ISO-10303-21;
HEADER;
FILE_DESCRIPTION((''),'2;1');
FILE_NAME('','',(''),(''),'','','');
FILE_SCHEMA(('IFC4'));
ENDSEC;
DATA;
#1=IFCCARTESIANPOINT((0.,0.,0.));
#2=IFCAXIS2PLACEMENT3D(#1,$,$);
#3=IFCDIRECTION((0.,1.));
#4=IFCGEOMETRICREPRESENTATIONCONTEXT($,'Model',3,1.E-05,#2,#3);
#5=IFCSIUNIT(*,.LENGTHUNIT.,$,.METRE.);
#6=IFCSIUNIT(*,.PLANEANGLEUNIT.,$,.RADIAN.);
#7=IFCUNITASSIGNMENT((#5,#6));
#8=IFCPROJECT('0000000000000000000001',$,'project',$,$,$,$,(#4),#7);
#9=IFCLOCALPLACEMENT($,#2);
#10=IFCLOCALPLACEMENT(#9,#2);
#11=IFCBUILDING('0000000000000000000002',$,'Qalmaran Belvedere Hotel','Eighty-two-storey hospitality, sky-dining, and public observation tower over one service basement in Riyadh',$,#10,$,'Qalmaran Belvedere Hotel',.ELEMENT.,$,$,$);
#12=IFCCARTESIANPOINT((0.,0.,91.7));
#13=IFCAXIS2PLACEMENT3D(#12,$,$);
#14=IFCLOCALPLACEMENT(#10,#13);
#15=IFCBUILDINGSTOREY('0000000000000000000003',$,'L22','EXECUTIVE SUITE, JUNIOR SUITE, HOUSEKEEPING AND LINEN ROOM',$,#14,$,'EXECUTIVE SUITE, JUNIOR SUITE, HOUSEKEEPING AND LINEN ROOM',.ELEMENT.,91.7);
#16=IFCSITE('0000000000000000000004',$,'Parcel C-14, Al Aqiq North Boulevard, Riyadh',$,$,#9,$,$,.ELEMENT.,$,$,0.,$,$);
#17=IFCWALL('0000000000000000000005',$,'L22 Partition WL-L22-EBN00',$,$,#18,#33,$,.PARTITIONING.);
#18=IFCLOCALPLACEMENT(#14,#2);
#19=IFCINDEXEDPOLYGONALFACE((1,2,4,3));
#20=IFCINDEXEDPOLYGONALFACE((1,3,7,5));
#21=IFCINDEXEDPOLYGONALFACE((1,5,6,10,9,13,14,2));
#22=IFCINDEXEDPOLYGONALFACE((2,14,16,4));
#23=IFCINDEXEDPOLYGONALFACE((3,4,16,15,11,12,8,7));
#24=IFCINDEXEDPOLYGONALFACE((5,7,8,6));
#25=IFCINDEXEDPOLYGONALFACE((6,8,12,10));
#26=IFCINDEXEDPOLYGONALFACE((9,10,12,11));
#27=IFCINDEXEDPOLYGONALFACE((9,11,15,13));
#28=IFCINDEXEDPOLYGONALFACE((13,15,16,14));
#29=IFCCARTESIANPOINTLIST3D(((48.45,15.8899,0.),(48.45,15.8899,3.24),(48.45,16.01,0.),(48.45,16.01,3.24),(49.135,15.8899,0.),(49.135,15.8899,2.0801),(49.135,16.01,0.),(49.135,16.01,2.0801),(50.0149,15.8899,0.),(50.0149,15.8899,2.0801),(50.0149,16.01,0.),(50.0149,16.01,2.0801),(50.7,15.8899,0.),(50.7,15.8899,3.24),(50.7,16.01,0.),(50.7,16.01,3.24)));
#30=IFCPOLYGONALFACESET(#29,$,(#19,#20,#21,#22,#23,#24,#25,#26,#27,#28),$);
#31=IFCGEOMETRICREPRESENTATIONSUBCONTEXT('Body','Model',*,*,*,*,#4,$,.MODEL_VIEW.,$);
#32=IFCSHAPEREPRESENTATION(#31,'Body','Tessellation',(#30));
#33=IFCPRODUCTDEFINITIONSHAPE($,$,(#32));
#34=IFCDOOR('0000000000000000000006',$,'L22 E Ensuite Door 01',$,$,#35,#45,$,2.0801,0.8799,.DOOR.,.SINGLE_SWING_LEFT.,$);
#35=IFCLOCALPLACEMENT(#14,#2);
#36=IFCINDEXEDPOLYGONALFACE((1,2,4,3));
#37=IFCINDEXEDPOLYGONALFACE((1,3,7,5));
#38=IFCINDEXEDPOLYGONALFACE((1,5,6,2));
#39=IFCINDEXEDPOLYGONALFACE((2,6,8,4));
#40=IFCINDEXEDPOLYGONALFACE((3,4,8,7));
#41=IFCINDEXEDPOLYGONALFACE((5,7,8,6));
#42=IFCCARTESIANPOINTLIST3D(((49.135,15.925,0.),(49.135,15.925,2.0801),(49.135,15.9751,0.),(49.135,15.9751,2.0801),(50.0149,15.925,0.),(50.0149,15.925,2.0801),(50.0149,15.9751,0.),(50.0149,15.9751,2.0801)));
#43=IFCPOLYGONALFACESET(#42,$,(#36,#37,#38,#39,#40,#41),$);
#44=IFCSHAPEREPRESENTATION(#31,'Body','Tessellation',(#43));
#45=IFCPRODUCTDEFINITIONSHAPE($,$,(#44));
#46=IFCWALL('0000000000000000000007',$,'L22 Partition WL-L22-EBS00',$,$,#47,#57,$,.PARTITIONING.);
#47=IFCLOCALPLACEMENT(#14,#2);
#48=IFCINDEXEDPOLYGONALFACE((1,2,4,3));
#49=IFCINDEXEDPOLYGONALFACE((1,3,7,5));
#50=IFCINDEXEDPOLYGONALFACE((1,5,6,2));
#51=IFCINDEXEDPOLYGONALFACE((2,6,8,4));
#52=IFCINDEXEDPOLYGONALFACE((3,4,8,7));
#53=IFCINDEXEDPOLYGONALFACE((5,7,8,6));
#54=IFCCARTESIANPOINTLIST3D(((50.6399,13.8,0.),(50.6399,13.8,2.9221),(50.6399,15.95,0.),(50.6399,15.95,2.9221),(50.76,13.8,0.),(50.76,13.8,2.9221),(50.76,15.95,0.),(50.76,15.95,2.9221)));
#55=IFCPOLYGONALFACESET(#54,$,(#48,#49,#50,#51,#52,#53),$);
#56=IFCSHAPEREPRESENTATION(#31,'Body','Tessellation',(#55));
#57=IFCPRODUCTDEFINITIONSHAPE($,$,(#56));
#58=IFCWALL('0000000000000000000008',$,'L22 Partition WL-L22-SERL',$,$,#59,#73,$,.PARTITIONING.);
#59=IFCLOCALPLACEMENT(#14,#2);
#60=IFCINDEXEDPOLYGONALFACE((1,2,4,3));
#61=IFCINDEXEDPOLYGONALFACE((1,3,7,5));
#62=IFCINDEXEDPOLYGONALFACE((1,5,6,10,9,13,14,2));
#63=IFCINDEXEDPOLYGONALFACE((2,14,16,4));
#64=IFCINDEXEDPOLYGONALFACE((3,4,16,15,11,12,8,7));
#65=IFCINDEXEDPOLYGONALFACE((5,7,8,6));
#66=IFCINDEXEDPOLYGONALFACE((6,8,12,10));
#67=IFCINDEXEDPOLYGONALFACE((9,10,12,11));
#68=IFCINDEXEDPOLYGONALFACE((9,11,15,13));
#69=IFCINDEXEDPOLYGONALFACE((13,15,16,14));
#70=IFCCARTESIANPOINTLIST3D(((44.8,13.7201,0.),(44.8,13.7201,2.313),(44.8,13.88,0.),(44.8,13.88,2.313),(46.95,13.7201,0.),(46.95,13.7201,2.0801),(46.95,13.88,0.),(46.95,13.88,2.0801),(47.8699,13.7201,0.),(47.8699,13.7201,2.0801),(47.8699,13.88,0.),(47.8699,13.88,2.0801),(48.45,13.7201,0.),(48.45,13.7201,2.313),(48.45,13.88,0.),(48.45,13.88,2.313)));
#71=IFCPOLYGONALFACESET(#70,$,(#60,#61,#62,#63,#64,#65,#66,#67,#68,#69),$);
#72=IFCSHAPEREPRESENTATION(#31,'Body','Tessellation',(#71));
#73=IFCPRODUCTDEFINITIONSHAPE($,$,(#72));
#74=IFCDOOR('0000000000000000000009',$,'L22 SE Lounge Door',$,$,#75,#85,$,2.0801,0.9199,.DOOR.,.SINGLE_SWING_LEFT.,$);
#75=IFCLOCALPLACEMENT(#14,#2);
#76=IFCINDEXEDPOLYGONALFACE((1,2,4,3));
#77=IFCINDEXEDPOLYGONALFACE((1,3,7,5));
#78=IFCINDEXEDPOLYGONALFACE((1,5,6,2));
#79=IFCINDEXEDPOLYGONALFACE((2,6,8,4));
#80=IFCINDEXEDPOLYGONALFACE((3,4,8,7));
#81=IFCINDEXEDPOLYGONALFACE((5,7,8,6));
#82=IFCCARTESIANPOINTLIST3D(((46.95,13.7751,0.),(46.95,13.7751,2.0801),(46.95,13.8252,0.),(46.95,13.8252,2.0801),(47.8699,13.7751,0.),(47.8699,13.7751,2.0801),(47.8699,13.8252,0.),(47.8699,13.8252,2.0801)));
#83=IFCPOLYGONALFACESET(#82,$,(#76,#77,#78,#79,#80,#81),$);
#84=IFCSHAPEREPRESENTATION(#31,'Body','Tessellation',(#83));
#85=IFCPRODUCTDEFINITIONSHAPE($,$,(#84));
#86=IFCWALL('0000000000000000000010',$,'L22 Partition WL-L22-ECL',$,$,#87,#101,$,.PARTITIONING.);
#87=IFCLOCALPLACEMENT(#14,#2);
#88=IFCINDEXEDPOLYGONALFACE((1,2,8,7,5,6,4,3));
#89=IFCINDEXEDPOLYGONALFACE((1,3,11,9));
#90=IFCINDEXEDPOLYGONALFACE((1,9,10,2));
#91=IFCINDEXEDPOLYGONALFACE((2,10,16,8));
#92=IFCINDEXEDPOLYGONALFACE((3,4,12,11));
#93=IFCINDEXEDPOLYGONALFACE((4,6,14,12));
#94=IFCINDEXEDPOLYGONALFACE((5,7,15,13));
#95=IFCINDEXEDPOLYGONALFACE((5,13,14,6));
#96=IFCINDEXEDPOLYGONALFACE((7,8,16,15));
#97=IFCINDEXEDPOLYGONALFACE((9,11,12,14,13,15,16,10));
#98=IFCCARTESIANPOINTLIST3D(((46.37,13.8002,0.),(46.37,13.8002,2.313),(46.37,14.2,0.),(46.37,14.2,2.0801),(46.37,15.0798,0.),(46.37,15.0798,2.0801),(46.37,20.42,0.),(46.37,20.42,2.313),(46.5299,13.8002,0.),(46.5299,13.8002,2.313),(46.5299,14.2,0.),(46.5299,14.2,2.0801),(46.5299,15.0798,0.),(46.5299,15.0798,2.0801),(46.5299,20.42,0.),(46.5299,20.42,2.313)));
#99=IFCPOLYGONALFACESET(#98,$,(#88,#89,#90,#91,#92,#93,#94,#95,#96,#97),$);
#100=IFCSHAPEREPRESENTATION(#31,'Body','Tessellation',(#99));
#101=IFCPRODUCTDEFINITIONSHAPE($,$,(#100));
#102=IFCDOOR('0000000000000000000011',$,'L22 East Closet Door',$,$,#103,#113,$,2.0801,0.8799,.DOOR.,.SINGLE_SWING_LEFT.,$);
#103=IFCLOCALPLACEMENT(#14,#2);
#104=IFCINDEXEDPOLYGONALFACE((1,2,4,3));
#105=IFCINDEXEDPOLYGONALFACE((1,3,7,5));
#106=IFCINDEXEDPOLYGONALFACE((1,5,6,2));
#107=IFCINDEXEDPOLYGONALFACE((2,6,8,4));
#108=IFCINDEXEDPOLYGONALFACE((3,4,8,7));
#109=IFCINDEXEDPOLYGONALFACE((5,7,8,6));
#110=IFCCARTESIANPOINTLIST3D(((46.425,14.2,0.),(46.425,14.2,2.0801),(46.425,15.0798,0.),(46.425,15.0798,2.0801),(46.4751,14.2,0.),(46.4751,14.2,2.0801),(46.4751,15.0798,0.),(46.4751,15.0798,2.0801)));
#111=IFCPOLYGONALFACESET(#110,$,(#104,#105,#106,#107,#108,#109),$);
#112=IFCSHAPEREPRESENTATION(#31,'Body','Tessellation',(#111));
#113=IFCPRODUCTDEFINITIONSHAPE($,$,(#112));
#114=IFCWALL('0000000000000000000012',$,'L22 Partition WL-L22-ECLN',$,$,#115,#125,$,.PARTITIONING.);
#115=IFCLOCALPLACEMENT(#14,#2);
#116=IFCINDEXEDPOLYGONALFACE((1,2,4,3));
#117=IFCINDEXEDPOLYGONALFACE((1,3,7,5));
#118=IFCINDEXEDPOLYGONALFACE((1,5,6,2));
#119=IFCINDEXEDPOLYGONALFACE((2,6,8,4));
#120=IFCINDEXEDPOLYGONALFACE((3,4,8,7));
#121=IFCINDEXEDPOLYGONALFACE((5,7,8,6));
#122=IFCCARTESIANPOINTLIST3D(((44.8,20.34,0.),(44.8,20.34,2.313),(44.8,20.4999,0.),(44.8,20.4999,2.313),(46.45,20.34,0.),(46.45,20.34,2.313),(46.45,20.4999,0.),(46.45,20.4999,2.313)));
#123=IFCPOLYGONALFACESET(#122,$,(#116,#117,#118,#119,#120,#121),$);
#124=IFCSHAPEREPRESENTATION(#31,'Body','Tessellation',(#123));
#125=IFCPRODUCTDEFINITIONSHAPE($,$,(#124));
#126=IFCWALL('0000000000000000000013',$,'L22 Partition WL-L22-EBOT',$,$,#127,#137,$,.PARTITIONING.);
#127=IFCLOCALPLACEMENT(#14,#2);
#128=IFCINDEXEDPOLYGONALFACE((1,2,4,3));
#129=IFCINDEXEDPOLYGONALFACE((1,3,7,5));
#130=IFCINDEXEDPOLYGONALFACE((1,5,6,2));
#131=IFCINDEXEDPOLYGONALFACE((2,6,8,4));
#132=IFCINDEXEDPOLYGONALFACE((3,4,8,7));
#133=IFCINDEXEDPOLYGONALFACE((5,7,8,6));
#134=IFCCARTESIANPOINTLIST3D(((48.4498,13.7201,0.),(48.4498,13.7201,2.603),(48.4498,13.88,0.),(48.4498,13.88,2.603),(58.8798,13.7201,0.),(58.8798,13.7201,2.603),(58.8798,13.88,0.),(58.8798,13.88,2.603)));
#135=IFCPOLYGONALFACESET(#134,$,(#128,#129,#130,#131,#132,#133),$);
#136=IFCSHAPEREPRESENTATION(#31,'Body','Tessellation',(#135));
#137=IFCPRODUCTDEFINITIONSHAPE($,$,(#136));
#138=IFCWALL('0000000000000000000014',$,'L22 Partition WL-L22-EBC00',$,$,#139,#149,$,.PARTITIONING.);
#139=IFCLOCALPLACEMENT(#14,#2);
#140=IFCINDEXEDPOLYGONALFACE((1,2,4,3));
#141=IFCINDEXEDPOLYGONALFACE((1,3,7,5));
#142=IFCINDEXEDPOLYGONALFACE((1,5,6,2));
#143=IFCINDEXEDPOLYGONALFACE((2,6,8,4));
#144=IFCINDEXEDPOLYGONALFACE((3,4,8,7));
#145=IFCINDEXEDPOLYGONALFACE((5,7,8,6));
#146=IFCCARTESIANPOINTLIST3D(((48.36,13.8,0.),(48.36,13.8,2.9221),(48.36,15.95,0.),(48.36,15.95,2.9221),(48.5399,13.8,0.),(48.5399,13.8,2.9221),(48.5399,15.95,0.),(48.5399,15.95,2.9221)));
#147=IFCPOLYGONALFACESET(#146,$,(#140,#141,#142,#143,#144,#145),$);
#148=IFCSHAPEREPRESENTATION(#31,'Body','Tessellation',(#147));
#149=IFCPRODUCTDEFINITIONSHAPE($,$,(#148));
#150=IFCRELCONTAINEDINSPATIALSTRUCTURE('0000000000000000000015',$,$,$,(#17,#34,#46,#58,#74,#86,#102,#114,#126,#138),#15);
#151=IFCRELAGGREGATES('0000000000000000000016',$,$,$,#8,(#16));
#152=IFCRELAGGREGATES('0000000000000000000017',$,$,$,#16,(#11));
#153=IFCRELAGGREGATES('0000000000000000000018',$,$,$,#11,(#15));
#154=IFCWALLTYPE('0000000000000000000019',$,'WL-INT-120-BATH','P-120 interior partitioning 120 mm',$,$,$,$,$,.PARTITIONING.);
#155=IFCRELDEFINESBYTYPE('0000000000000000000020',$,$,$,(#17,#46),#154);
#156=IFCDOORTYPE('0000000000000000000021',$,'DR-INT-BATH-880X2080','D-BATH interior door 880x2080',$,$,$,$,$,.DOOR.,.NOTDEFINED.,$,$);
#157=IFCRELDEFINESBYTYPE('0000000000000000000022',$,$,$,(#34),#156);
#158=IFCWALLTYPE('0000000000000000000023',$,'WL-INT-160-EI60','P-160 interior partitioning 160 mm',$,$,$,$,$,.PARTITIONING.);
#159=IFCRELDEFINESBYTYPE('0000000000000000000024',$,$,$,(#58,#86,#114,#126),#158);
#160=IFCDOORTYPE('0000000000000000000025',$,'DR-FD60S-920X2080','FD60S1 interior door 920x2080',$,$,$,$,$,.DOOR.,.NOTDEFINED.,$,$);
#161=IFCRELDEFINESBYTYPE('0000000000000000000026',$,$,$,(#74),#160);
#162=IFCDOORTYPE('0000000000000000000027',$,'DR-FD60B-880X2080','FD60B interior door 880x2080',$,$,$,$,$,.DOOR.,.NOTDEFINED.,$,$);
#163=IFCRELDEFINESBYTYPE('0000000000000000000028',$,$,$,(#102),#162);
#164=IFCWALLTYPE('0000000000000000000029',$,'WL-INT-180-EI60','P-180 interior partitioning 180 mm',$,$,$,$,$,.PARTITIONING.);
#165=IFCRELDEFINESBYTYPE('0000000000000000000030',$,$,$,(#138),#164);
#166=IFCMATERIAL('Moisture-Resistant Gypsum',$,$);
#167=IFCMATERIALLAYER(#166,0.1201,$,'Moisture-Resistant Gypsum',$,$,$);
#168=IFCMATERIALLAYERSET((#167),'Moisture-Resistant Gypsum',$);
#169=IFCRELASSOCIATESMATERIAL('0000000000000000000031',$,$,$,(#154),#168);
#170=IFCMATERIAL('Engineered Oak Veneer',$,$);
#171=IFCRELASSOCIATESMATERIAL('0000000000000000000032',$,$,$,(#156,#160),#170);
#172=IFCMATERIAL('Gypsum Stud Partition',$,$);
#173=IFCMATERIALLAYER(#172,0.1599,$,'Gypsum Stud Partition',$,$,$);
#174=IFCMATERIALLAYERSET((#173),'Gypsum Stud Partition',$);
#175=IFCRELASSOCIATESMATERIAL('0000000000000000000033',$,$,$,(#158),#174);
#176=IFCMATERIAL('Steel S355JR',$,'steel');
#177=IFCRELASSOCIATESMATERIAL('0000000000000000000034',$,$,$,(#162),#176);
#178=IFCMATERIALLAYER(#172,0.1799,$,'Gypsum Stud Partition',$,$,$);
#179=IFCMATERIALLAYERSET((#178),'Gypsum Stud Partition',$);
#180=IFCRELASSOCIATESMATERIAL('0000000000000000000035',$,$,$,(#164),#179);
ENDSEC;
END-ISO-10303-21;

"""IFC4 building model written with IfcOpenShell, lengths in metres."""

from ifc_helpers import new_model, si_unit, direction, frame, frame_2d, origin, place, context, subcontext, project, spatial, rectangle, extrude, material, layer, layer_set, type_object, element, fill, save


model = new_model("IFC4")

# Units and contexts
model_context = context("Model", 3, precision=1e-05, world=origin(), true_north=direction((0.0, 1.0)))
body_context = subcontext(model_context, "Body", "Model", "MODEL_VIEW")
ifc_project = project(units=[si_unit("LENGTHUNIT", "METRE"), si_unit("PLANEANGLEUNIT", "RADIAN")], contexts=[model_context])

# Site, building, storey
site_placement = place(None, origin())
site = spatial("IfcSite", under=ifc_project, at=site_placement, Name="Parcel C-14, Al Aqiq North Boulevard, Riyadh", CompositionType="ELEMENT", RefElevation=0.0)
building_placement = place(site_placement, origin())
building = spatial("IfcBuilding", under=site, at=building_placement, Name="Qalmaran Belvedere Hotel", Description="Eighty-two-storey hospitality, sky-dining, and public observation tower over one service basement in Riyadh", LongName="Qalmaran Belvedere Hotel", CompositionType="ELEMENT")
storey_placement = place(building_placement, frame((0.0, 0.0, 91.7)))
storey = spatial("IfcBuildingStorey", under=building, at=storey_placement, Name="L22", Description="EXECUTIVE SUITE, JUNIOR SUITE, HOUSEKEEPING AND LINEN ROOM", LongName="EXECUTIVE SUITE, JUNIOR SUITE, HOUSEKEEPING AND LINEN ROOM", CompositionType="ELEMENT", Elevation=91.7)

# Shared definitions
ifc_material_1 = material(Name="Steel S355JR", Category="steel")

# Wall, opening, door
ifc_material_2 = material(Name="Moisture-Resistant Gypsum")
ifc_layer_1 = layer(ifc_material_2, 0.1201, Name="Moisture-Resistant Gypsum")
ifc_layer_set_1 = layer_set([ifc_layer_1], Name="Moisture-Resistant Gypsum")
wall_type_1 = type_object("IfcWallType", Name="WL-INT-120-BATH", Description="P-120 interior partitioning 120 mm", PredefinedType="PARTITIONING", material=ifc_layer_set_1)
wall_1_placement = place(storey_placement, frame((48.45, 15.95, 0.0), z_axis=(0.0, 0.0, 1.0), x_axis=(1.0, 0.0, 0.0)))
wall_1 = element("IfcWall", 1, at=wall_1_placement, inside=storey, type_object=wall_type_1, Name="L22 Partition WL-L22-EBN00", PredefinedType="PARTITIONING", context=body_context, shape_type="SweptSolid", body=[
    extrude(rectangle(XDim=2.25, YDim=0.1201, at=frame_2d((1.125, 0.0))), origin(), (0.0, 0.0, 1.0), 3.24),
])
opening_1_placement = place(wall_1_placement, frame((1.5649, 0.0, 0.0), z_axis=(0.0, 0.0, 1.0), x_axis=(-1.0, 0.0, 0.0)))
opening_1 = element("IfcOpeningElement", 2, at=opening_1_placement, cuts=wall_1, PredefinedType="OPENING", context=body_context, shape_type="SweptSolid", body=[
    extrude(rectangle(XDim=0.8799, YDim=2.0801, at=frame_2d((0.4399, 1.04))), frame((0.0, 0.0701, 0.0), z_axis=(0.0, -1.0, 0.0), x_axis=(1.0, 0.0, 0.0)), (0.0, 0.0, 1.0), 0.1401),
])
ifc_material_3 = material(Name="Engineered Oak Veneer")
door_type_1 = type_object("IfcDoorType", Name="DR-INT-BATH-880X2080", Description="D-BATH interior door 880x2080", OperationType="NOTDEFINED", PredefinedType="DOOR", material=ifc_material_3)
door_1_placement = place(opening_1_placement, origin())
door_1 = element("IfcDoor", 3, at=door_1_placement, inside=storey, type_object=door_type_1, Name="L22 E Ensuite Door 01", OperationType="SINGLE_SWING_LEFT", OverallHeight=2.0801, OverallWidth=0.8799, PredefinedType="DOOR", context=body_context, shape_type="SweptSolid", body=[
    extrude(rectangle(XDim=0.8799, YDim=2.0801, at=frame_2d((0.4399, 1.04))), frame((0.0, 0.0249, 0.0), z_axis=(0.0, -1.0, 0.0), x_axis=(1.0, 0.0, 0.0)), (0.0, 0.0, 1.0), 0.05),
])
fill(opening_1, door_1)

# Wall
wall_2_placement = place(storey_placement, frame((50.7, 13.8, 0.0), z_axis=(0.0, 0.0, 1.0), x_axis=(0.0, 1.0, 0.0)))
element("IfcWall", 4, at=wall_2_placement, inside=storey, type_object=wall_type_1, Name="L22 Partition WL-L22-EBS00", PredefinedType="PARTITIONING", context=body_context, shape_type="SweptSolid", body=[
    extrude(rectangle(XDim=2.1499, YDim=0.1201, at=frame_2d((1.075, 0.0))), origin(), (0.0, 0.0, 1.0), 2.9221),
])

# Walls, openings, doors
ifc_material_4 = material(Name="Gypsum Stud Partition")
ifc_layer_2 = layer(ifc_material_4, 0.1599, Name="Gypsum Stud Partition")
ifc_layer_set_2 = layer_set([ifc_layer_2], Name="Gypsum Stud Partition")
wall_type_2 = type_object("IfcWallType", Name="WL-INT-160-EI60", Description="P-160 interior partitioning 160 mm", PredefinedType="PARTITIONING", material=ifc_layer_set_2)
wall_3_placement = place(storey_placement, frame((44.8, 13.8, 0.0), z_axis=(0.0, 0.0, 1.0), x_axis=(1.0, 0.0, 0.0)))
wall_3 = element("IfcWall", 5, at=wall_3_placement, inside=storey, type_object=wall_type_2, Name="L22 Partition WL-L22-SERL", PredefinedType="PARTITIONING", context=body_context, shape_type="SweptSolid", body=[
    extrude(rectangle(XDim=3.6499, YDim=0.1599, at=frame_2d((1.825, 0.0))), origin(), (0.0, 0.0, 1.0), 2.313),
])
opening_2_placement = place(wall_3_placement, frame((3.0698, 0.0, 0.0), z_axis=(0.0, 0.0, 1.0), x_axis=(-1.0, 0.0, 0.0)))
opening_2 = element("IfcOpeningElement", 6, at=opening_2_placement, cuts=wall_3, PredefinedType="OPENING", context=body_context, shape_type="SweptSolid", body=[
    extrude(rectangle(XDim=0.9199, YDim=2.0801, at=frame_2d((0.46, 1.04))), frame((0.0, 0.0898, 0.0), z_axis=(0.0, -1.0, 0.0), x_axis=(1.0, 0.0, 0.0)), (0.0, 0.0, 1.0), 0.1799),
])
door_type_2 = type_object("IfcDoorType", Name="DR-FD60S-920X2080", Description="FD60S1 interior door 920x2080", OperationType="NOTDEFINED", PredefinedType="DOOR", material=ifc_material_3)
door_2_placement = place(opening_2_placement, origin())
door_2 = element("IfcDoor", 7, at=door_2_placement, inside=storey, type_object=door_type_2, Name="L22 SE Lounge Door", OperationType="SINGLE_SWING_LEFT", OverallHeight=2.0801, OverallWidth=0.9199, PredefinedType="DOOR", context=body_context, shape_type="SweptSolid", body=[
    extrude(rectangle(XDim=0.9199, YDim=2.0801, at=frame_2d((0.46, 1.04))), frame((0.0, 0.0249, 0.0), z_axis=(0.0, -1.0, 0.0), x_axis=(1.0, 0.0, 0.0)), (0.0, 0.0, 1.0), 0.05),
])
fill(opening_2, door_2)
wall_4_placement = place(storey_placement, frame((46.45, 13.8, 0.0), z_axis=(0.0, 0.0, 1.0), x_axis=(0.0, 1.0, 0.0)))
wall_4 = element("IfcWall", 8, at=wall_4_placement, inside=storey, type_object=wall_type_2, Name="L22 Partition WL-L22-ECL", PredefinedType="PARTITIONING", context=body_context, shape_type="SweptSolid", body=[
    extrude(rectangle(XDim=6.6199, YDim=0.1599, at=frame_2d((3.3101, 0.0))), origin(), (0.0, 0.0, 1.0), 2.313),
])
opening_3_placement = place(wall_4_placement, frame((0.3999, 0.0, 0.0)))
opening_3 = element("IfcOpeningElement", 9, at=opening_3_placement, cuts=wall_4, PredefinedType="OPENING", context=body_context, shape_type="SweptSolid", body=[
    extrude(rectangle(XDim=0.8799, YDim=2.0801, at=frame_2d((0.4399, 1.04))), frame((0.0, 0.0898, 0.0), z_axis=(0.0, -1.0, 0.0), x_axis=(1.0, 0.0, 0.0)), (0.0, 0.0, 1.0), 0.1799),
])
door_type_3 = type_object("IfcDoorType", Name="DR-FD60B-880X2080", Description="FD60B interior door 880x2080", OperationType="NOTDEFINED", PredefinedType="DOOR", material=ifc_material_1)
door_3_placement = place(opening_3_placement, origin())
door_3 = element("IfcDoor", 10, at=door_3_placement, inside=storey, type_object=door_type_3, Name="L22 East Closet Door", OperationType="SINGLE_SWING_LEFT", OverallHeight=2.0801, OverallWidth=0.8799, PredefinedType="DOOR", context=body_context, shape_type="SweptSolid", body=[
    extrude(rectangle(XDim=0.8799, YDim=2.0801, at=frame_2d((0.4399, 1.04))), frame((0.0, 0.0249, 0.0), z_axis=(0.0, -1.0, 0.0), x_axis=(1.0, 0.0, 0.0)), (0.0, 0.0, 1.0), 0.05),
])
fill(opening_3, door_3)

# Walls
wall_5_placement = place(storey_placement, frame((44.8, 20.4199, 0.0), z_axis=(0.0, 0.0, 1.0), x_axis=(1.0, 0.0, 0.0)))
element("IfcWall", 11, at=wall_5_placement, inside=storey, type_object=wall_type_2, Name="L22 Partition WL-L22-ECLN", PredefinedType="PARTITIONING", context=body_context, shape_type="SweptSolid", body=[
    extrude(rectangle(XDim=1.6499, YDim=0.1599, at=frame_2d((0.825, 0.0))), origin(), (0.0, 0.0, 1.0), 2.313),
])
wall_6_placement = place(storey_placement, frame((48.45, 13.8, 0.0), z_axis=(0.0, 0.0, 1.0), x_axis=(1.0, 0.0, 0.0)))
element("IfcWall", 12, at=wall_6_placement, inside=storey, type_object=wall_type_2, Name="L22 Partition WL-L22-EBOT", PredefinedType="PARTITIONING", context=body_context, shape_type="SweptSolid", body=[
    extrude(rectangle(XDim=10.4299, YDim=0.1599, at=frame_2d((5.2148, 0.0))), origin(), (0.0, 0.0, 1.0), 2.603),
])
ifc_layer_3 = layer(ifc_material_4, 0.1799, Name="Gypsum Stud Partition")
ifc_layer_set_3 = layer_set([ifc_layer_3], Name="Gypsum Stud Partition")
wall_type_3 = type_object("IfcWallType", Name="WL-INT-180-EI60", Description="P-180 interior partitioning 180 mm", PredefinedType="PARTITIONING", material=ifc_layer_set_3)
wall_7_placement = place(storey_placement, frame((48.45, 13.8, 0.0), z_axis=(0.0, 0.0, 1.0), x_axis=(0.0, 1.0, 0.0)))
element("IfcWall", 13, at=wall_7_placement, inside=storey, type_object=wall_type_3, Name="L22 Partition WL-L22-EBC00", PredefinedType="PARTITIONING", context=body_context, shape_type="SweptSolid", body=[
    extrude(rectangle(XDim=2.1499, YDim=0.1799, at=frame_2d((1.075, 0.0))), origin(), (0.0, 0.0, 1.0), 2.9221),
])

save(model, "model.ifc")
